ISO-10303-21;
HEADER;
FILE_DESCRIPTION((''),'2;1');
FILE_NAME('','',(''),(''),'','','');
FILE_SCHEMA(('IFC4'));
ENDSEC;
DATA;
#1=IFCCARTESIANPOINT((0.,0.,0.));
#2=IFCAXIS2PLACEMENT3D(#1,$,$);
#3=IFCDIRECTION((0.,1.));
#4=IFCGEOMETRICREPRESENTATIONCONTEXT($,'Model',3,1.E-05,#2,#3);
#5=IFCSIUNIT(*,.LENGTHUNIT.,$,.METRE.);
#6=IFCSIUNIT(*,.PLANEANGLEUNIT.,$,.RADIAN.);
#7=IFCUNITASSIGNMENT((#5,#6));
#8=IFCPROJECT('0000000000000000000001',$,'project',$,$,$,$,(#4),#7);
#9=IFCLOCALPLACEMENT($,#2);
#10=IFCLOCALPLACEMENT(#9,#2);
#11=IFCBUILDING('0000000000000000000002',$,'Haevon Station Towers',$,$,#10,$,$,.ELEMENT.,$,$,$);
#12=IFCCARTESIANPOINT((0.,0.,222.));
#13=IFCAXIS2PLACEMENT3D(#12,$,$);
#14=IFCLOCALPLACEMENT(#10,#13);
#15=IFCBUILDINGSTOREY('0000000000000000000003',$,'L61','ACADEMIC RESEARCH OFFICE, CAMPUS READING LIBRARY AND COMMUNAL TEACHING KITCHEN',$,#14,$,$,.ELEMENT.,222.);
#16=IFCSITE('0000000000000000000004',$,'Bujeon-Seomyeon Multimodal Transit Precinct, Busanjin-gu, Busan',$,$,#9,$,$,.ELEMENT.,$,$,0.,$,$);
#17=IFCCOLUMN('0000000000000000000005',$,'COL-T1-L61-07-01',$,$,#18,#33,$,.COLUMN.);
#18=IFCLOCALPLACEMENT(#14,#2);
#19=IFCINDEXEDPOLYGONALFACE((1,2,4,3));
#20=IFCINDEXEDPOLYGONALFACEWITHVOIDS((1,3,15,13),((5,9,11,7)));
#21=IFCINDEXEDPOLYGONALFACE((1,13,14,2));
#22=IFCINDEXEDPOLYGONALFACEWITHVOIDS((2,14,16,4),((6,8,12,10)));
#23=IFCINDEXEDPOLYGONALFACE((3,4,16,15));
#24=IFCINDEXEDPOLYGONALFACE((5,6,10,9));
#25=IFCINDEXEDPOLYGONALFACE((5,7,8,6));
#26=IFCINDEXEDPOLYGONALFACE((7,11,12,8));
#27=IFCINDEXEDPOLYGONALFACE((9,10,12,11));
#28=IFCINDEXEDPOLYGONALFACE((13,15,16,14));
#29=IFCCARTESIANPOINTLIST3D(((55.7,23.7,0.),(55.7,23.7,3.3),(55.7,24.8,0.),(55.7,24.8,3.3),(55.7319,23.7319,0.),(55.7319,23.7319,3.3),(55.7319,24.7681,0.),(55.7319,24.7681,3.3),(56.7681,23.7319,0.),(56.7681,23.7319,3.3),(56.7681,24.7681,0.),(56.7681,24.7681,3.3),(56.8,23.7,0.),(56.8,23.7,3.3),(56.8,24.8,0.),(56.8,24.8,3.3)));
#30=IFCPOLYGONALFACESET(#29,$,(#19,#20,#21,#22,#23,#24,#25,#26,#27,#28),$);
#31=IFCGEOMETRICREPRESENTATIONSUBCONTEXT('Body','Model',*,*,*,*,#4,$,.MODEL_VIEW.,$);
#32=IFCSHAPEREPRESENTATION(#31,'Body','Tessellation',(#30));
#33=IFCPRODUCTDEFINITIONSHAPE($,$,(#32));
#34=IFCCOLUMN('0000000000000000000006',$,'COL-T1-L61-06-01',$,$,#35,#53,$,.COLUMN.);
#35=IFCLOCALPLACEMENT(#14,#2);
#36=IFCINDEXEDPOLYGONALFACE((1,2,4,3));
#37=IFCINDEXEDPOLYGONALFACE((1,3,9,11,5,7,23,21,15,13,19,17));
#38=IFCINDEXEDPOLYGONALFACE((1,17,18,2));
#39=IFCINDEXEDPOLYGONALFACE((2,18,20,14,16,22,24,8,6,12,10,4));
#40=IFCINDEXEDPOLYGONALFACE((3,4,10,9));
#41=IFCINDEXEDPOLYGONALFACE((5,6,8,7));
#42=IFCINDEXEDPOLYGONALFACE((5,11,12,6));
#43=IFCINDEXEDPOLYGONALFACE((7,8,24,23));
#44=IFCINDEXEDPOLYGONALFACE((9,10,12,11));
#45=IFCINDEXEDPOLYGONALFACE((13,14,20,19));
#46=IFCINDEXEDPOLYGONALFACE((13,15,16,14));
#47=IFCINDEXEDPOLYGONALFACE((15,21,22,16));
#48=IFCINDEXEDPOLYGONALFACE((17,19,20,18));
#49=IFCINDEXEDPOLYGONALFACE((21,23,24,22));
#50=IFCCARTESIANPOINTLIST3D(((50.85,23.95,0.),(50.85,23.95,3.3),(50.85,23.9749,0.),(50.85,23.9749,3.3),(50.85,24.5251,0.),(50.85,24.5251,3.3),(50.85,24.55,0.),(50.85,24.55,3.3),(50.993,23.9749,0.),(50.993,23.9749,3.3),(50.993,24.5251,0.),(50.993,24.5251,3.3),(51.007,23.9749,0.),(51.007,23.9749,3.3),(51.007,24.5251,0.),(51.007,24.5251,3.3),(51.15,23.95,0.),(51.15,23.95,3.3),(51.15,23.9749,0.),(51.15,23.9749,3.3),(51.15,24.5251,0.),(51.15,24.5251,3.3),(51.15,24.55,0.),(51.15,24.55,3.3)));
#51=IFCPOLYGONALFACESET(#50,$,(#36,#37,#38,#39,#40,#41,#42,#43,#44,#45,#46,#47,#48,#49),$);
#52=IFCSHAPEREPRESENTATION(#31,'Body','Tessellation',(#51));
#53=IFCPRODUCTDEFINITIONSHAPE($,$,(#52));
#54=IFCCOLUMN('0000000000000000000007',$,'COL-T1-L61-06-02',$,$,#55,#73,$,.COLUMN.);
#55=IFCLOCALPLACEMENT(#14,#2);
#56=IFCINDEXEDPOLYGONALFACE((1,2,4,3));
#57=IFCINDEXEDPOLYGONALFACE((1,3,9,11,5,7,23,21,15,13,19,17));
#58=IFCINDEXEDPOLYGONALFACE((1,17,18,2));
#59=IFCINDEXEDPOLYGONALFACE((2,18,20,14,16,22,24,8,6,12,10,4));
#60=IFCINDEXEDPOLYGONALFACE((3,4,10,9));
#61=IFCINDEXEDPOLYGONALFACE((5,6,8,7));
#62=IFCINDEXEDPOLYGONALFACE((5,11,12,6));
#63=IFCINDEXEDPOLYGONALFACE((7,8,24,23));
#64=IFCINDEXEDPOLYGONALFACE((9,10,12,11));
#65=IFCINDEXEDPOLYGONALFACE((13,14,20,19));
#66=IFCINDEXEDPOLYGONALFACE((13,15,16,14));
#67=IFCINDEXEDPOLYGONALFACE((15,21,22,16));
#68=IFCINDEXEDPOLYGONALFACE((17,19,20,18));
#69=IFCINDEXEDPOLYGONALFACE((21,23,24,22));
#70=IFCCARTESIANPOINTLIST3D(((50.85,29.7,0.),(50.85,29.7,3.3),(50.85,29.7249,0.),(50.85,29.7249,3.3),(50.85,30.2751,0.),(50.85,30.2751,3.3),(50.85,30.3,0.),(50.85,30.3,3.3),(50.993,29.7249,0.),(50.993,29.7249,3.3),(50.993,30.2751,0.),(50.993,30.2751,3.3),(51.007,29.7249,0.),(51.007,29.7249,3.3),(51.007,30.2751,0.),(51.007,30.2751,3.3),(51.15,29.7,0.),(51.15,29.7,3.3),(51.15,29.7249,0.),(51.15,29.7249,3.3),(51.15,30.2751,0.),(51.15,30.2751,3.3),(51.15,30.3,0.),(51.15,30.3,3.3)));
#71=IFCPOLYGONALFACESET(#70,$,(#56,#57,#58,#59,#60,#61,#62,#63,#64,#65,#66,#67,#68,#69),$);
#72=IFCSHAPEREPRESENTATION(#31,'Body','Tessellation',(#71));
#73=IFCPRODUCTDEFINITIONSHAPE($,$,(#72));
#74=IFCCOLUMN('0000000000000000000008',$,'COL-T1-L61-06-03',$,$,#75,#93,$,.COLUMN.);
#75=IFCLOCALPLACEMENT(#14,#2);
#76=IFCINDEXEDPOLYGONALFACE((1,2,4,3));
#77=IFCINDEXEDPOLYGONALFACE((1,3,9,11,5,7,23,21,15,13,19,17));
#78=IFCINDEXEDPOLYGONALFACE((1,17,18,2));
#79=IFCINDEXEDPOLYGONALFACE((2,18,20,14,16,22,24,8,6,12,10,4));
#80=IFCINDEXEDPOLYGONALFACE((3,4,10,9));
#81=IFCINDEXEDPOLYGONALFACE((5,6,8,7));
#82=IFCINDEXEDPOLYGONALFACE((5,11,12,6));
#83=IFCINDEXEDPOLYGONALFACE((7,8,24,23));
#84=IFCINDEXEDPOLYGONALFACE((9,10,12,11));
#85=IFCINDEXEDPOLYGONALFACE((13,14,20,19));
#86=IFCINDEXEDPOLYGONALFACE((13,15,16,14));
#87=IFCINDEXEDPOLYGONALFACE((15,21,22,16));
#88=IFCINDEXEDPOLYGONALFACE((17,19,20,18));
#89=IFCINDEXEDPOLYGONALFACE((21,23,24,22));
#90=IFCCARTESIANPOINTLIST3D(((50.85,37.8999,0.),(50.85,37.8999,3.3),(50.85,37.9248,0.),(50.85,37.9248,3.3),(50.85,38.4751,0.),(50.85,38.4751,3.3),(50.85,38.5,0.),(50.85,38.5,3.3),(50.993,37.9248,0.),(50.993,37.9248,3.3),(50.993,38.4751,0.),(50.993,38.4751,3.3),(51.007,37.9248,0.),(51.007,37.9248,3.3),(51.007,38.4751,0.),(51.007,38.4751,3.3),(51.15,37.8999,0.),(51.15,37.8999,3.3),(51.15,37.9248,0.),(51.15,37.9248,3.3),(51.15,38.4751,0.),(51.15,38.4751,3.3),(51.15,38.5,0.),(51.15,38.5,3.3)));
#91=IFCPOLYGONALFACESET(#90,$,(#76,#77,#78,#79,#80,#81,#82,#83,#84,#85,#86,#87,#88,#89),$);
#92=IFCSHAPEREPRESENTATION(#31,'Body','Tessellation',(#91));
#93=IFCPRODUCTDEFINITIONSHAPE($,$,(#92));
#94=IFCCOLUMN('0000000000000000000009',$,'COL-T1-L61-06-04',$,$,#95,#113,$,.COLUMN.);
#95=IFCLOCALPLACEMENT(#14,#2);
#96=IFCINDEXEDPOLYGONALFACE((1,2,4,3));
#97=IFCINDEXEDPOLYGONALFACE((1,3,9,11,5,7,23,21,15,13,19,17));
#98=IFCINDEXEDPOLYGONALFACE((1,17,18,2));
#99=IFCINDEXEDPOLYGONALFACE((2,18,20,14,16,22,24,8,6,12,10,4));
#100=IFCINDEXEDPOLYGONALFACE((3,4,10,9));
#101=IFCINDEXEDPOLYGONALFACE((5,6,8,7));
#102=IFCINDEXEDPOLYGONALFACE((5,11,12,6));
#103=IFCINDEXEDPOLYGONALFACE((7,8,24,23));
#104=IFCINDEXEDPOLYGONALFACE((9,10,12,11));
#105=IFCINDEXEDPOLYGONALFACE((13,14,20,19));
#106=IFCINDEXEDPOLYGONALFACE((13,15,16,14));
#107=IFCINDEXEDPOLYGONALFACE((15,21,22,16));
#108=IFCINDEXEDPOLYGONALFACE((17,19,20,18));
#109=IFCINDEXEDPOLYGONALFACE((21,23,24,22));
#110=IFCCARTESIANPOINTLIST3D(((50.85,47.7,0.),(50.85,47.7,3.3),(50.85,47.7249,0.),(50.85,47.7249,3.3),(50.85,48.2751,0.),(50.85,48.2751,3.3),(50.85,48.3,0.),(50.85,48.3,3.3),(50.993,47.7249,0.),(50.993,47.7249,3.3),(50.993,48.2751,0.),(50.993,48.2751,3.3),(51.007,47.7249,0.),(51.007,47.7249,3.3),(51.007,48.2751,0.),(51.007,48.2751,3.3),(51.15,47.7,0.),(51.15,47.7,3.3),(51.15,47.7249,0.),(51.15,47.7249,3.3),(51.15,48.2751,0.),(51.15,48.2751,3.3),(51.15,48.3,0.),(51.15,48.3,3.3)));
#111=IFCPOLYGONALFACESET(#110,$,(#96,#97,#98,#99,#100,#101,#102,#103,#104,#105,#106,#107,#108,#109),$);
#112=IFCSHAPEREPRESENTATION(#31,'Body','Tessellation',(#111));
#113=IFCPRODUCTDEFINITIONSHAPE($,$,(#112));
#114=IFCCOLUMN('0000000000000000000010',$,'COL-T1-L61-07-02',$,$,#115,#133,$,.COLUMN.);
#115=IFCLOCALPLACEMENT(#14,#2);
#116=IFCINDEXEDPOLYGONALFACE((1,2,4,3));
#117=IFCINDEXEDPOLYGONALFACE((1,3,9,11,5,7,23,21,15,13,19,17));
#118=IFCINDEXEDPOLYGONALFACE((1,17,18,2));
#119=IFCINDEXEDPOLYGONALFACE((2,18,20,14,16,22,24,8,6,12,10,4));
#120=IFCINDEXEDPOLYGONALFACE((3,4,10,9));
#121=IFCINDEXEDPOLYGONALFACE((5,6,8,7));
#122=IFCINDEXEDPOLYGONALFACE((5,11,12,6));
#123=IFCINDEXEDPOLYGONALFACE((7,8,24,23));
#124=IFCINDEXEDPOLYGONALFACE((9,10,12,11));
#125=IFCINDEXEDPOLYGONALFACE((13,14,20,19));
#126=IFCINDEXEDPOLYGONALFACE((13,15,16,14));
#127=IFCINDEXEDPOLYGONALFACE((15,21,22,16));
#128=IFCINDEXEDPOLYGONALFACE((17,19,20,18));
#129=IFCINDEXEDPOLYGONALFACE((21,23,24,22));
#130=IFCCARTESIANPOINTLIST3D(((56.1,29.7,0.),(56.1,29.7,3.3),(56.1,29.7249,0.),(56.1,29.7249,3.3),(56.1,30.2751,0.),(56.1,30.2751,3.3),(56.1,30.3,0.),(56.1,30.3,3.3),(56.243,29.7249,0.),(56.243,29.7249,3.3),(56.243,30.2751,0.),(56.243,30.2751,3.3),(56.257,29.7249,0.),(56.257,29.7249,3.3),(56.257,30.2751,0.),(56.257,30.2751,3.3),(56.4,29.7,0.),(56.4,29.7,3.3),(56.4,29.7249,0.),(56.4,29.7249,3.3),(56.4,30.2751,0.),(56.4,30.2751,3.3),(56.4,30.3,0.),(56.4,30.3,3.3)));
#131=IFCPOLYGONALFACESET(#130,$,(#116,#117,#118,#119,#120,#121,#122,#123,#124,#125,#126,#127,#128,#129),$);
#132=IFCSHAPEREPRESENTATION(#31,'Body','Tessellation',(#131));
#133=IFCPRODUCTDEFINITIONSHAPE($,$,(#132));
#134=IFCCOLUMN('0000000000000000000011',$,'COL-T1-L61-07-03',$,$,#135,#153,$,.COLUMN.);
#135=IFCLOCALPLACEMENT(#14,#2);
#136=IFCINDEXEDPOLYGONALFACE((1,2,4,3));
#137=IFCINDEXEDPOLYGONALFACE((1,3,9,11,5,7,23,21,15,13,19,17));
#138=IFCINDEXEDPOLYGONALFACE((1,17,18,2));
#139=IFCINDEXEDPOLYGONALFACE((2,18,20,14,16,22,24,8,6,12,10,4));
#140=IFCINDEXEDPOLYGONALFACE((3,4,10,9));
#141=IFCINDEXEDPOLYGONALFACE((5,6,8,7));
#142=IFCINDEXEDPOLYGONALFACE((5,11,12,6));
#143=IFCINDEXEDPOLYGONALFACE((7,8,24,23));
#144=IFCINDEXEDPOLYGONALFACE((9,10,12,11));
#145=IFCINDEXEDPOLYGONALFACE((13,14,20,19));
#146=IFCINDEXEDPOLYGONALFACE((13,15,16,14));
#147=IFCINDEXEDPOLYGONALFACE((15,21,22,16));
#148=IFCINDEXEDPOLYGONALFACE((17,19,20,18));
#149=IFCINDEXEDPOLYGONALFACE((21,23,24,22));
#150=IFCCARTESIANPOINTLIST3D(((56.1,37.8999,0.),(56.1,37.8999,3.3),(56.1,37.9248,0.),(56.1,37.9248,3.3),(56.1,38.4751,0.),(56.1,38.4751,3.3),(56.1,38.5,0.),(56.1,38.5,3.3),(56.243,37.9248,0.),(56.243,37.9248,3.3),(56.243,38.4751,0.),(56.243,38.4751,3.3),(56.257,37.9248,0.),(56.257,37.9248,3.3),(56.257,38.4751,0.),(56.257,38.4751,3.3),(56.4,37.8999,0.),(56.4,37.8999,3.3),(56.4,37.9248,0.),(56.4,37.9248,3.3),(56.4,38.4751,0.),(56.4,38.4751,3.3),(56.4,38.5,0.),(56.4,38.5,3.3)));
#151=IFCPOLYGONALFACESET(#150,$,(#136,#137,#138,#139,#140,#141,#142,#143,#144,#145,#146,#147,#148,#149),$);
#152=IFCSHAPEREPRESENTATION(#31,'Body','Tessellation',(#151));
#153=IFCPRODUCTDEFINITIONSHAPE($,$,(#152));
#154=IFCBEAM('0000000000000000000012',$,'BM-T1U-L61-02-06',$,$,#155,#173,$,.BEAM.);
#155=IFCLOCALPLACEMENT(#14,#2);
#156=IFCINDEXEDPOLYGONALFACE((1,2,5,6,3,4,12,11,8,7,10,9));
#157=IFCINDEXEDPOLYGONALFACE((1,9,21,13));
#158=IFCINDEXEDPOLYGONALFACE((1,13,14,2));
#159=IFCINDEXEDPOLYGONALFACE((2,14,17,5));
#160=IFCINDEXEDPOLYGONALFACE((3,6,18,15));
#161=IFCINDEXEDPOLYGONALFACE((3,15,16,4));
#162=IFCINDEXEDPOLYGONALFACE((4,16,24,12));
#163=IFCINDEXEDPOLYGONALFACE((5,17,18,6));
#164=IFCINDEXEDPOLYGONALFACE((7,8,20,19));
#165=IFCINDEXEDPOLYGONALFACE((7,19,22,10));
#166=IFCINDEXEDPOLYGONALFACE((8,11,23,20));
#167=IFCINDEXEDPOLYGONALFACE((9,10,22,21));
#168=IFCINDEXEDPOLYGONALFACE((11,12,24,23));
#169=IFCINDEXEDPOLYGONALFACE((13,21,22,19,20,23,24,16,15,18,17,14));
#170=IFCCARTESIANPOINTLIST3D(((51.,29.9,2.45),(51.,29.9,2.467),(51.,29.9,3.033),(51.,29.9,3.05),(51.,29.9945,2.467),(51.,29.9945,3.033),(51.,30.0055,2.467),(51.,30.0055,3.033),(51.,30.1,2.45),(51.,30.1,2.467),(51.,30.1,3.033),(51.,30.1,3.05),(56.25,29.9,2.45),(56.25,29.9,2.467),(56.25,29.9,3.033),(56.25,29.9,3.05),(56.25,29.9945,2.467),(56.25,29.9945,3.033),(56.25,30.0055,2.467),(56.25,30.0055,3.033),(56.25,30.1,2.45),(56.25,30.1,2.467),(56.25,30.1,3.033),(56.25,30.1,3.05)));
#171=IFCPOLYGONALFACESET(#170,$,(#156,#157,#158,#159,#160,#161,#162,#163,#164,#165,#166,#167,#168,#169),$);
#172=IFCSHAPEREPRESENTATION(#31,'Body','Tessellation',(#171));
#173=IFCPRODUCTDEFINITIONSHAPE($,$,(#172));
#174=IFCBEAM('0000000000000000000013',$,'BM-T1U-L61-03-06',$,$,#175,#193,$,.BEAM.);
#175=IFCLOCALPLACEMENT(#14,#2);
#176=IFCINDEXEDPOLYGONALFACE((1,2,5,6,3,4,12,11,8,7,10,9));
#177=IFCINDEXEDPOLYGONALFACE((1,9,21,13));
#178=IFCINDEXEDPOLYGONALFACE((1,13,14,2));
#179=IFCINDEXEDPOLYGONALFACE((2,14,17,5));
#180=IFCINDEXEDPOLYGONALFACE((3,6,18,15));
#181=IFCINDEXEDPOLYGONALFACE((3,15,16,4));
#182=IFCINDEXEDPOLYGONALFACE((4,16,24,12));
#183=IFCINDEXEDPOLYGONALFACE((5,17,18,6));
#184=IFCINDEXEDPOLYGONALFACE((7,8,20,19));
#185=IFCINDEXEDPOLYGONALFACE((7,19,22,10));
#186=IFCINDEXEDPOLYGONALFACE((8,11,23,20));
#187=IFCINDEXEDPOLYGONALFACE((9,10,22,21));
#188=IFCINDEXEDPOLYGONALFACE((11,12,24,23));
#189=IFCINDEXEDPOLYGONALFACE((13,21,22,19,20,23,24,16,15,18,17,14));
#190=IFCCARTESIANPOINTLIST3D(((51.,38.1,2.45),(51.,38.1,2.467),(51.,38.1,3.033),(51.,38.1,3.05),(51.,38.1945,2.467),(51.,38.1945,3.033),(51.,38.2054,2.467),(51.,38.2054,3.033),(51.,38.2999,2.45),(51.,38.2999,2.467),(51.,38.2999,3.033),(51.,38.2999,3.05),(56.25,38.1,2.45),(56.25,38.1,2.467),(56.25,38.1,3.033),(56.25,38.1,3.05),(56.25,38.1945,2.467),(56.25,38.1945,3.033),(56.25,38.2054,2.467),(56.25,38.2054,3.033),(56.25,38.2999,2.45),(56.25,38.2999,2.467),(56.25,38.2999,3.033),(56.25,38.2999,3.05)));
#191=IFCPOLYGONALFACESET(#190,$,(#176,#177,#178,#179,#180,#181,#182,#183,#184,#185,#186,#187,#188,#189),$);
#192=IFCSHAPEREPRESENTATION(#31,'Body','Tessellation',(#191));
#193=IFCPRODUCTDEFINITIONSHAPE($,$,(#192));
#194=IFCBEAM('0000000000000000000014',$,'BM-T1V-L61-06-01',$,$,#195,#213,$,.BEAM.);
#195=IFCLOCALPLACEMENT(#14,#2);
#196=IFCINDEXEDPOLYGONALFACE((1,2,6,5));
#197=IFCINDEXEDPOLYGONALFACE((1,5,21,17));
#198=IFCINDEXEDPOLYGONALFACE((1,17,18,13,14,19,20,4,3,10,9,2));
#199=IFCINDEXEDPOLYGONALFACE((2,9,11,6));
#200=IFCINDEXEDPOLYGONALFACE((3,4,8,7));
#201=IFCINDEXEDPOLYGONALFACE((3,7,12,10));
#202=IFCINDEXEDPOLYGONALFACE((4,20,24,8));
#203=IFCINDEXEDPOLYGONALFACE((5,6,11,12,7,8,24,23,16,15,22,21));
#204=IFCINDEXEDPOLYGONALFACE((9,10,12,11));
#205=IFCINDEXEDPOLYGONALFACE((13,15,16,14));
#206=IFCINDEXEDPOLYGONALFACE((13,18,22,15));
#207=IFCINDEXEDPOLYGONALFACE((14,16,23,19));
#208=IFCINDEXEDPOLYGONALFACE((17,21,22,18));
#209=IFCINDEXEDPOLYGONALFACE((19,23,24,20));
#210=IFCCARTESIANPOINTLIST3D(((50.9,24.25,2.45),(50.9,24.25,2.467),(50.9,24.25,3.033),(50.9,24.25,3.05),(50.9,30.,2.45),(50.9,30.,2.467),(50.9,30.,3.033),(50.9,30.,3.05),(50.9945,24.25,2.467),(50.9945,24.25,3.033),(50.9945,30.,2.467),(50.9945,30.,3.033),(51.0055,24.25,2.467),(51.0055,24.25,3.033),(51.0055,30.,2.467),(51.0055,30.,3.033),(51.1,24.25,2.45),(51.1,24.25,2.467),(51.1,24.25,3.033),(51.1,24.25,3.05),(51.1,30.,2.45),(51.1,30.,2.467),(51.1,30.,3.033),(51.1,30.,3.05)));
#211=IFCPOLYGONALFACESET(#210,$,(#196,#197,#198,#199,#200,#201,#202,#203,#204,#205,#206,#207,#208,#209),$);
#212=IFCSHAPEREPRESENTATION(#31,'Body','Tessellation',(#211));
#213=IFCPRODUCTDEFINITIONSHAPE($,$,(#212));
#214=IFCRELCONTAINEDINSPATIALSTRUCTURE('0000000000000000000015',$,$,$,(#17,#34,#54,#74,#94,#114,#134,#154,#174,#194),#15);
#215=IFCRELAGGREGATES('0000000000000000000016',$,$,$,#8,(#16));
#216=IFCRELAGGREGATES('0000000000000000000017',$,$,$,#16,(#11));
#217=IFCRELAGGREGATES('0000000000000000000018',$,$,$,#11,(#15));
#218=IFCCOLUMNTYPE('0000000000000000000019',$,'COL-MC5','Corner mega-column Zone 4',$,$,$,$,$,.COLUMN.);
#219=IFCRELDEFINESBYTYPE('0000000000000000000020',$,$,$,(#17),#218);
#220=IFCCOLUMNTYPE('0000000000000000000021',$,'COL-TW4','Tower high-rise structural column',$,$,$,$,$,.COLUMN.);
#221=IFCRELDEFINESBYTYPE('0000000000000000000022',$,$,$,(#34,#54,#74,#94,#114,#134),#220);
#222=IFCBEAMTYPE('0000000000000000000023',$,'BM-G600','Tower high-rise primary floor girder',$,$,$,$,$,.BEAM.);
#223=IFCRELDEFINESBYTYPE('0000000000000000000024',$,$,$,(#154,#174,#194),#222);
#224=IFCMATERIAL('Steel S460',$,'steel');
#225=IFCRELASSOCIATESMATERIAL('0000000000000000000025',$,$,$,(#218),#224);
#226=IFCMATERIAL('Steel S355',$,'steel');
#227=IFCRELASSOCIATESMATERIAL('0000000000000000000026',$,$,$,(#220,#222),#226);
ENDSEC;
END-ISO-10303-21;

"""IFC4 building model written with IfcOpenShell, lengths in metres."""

from ifc_helpers import new_model, si_unit, direction, frame, origin, origin_2d, place, context, subcontext, project, spatial, hollow_rectangle, i_section, extrude, material, material_profile, profile_set, type_object, element, save


model = new_model("IFC4")

# Units and contexts
model_context = context("Model", 3, precision=1e-05, world=origin(), true_north=direction((0.0, 1.0)))
body_context = subcontext(model_context, "Body", "Model", "MODEL_VIEW")
ifc_project = project(units=[si_unit("LENGTHUNIT", "METRE"), si_unit("PLANEANGLEUNIT", "RADIAN")], contexts=[model_context])

# Site, building, storey
site_placement = place(None, origin())
site = spatial("IfcSite", under=ifc_project, at=site_placement, Name="Bujeon-Seomyeon Multimodal Transit Precinct, Busanjin-gu, Busan", CompositionType="ELEMENT", RefElevation=0.0)
building_placement = place(site_placement, origin())
building = spatial("IfcBuilding", under=site, at=building_placement, Name="Haevon Station Towers", CompositionType="ELEMENT")
storey_placement = place(building_placement, frame((0.0, 0.0, 222.0)))
storey = spatial("IfcBuildingStorey", under=building, at=storey_placement, Name="L61", Description="ACADEMIC RESEARCH OFFICE, CAMPUS READING LIBRARY AND COMMUNAL TEACHING KITCHEN", CompositionType="ELEMENT", Elevation=222.0)

# Columns
ifc_material_1 = material(Name="Steel S460", Category="steel")
ifc_material_profile_1 = material_profile(ifc_material_1, hollow_rectangle(XDim=1.1001, YDim=1.1001, WallThickness=0.032, at=origin_2d()), Name="BOX-1100x1100x32")
ifc_profile_set_1 = profile_set([ifc_material_profile_1], Name="Steel S460")
column_type_1 = type_object("IfcColumnType", Name="COL-MC5", Description="Corner mega-column Zone 4", PredefinedType="COLUMN", material=ifc_profile_set_1)
column_placement = place(storey_placement, frame((56.25, 24.25, 0.0), z_axis=(0.0, 0.0, 1.0), x_axis=(1.0, 0.0, 0.0)))
element("IfcColumn", 1, at=column_placement, inside=storey, type_object=column_type_1, Name="COL-T1-L61-07-01", PredefinedType="COLUMN", context=body_context, shape_type="SweptSolid", body=[
    extrude(hollow_rectangle(XDim=1.1001, YDim=1.1001, WallThickness=0.032, at=origin_2d()), origin(), (0.0, 0.0, 1.0), 3.3),
])
ifc_material_2 = material(Name="Steel S355", Category="steel")
ifc_material_profile_2 = material_profile(ifc_material_2, i_section(OverallWidth=0.3, OverallDepth=0.6001, WebThickness=0.0139, FlangeThickness=0.0249, at=origin_2d()), Name="H-600x300x14x25")
ifc_profile_set_2 = profile_set([ifc_material_profile_2], Name="Steel S355")
column_type_2 = type_object("IfcColumnType", Name="COL-TW4", Description="Tower high-rise structural column", PredefinedType="COLUMN", material=ifc_profile_set_2)
for number, where, z_axis, x_axis, name in (
    (2, (51.0, 24.25, 0.0), (0.0, 0.0, 1.0), (1.0, 0.0, 0.0), "COL-T1-L61-06-01"),
    (3, (51.0, 30.0, 0.0), (0.0, 0.0, 1.0), (1.0, 0.0, 0.0), "COL-T1-L61-06-02"),
    (4, (51.0, 38.2, 0.0), (0.0, 0.0, 1.0), (1.0, 0.0, 0.0), "COL-T1-L61-06-03"),
    (5, (51.0, 48.0, 0.0), (0.0, 0.0, 1.0), (1.0, 0.0, 0.0), "COL-T1-L61-06-04"),
    (6, (56.25, 30.0, 0.0), (0.0, 0.0, 1.0), (1.0, 0.0, 0.0), "COL-T1-L61-07-02"),
    (7, (56.25, 38.2, 0.0), (0.0, 0.0, 1.0), (1.0, 0.0, 0.0), "COL-T1-L61-07-03"),
):
    element("IfcColumn", number, at=place(storey_placement, frame(where, z_axis=z_axis, x_axis=x_axis)), inside=storey, type_object=column_type_2, Name=name, PredefinedType="COLUMN", context=body_context, shape_type="SweptSolid", body=[
        extrude(i_section(OverallWidth=0.3, OverallDepth=0.6001, WebThickness=0.0139, FlangeThickness=0.0249, at=origin_2d()), origin(), (0.0, 0.0, 1.0), 3.3),
    ])

# Beams
ifc_material_profile_3 = material_profile(ifc_material_2, i_section(OverallWidth=0.2, OverallDepth=0.6001, WebThickness=0.011, FlangeThickness=0.0171, at=origin_2d()), Name="H-600x200x11x17")
ifc_profile_set_3 = profile_set([ifc_material_profile_3], Name="Steel S355")
beam_type_1 = type_object("IfcBeamType", Name="BM-G600", Description="Tower high-rise primary floor girder", PredefinedType="BEAM", material=ifc_profile_set_3)
for number, where, z_axis, x_axis, name in (
    (8, (51.0, 30.0, 2.75), (1.0, 0.0, 0.0), (0.0, 1.0, 0.0), "BM-T1U-L61-02-06"),
    (9, (51.0, 38.2, 2.75), (1.0, 0.0, 0.0), (0.0, 1.0, 0.0), "BM-T1U-L61-03-06"),
):
    element("IfcBeam", number, at=place(storey_placement, frame(where, z_axis=z_axis, x_axis=x_axis)), inside=storey, type_object=beam_type_1, Name=name, PredefinedType="BEAM", context=body_context, shape_type="SweptSolid", body=[
        extrude(i_section(OverallWidth=0.2, OverallDepth=0.6001, WebThickness=0.011, FlangeThickness=0.0171, at=origin_2d()), origin(), (0.0, 0.0, 1.0), 5.25),
    ])
beam_1_placement = place(storey_placement, frame((51.0, 24.25, 2.75), z_axis=(0.0, 1.0, 0.0), x_axis=(-1.0, 0.0, 0.0)))
element("IfcBeam", 10, at=beam_1_placement, inside=storey, type_object=beam_type_1, Name="BM-T1V-L61-06-01", PredefinedType="BEAM", context=body_context, shape_type="SweptSolid", body=[
    extrude(i_section(OverallWidth=0.2, OverallDepth=0.6001, WebThickness=0.011, FlangeThickness=0.0171, at=origin_2d()), origin(), (0.0, 0.0, 1.0), 5.75),
])

save(model, "model.ifc")
